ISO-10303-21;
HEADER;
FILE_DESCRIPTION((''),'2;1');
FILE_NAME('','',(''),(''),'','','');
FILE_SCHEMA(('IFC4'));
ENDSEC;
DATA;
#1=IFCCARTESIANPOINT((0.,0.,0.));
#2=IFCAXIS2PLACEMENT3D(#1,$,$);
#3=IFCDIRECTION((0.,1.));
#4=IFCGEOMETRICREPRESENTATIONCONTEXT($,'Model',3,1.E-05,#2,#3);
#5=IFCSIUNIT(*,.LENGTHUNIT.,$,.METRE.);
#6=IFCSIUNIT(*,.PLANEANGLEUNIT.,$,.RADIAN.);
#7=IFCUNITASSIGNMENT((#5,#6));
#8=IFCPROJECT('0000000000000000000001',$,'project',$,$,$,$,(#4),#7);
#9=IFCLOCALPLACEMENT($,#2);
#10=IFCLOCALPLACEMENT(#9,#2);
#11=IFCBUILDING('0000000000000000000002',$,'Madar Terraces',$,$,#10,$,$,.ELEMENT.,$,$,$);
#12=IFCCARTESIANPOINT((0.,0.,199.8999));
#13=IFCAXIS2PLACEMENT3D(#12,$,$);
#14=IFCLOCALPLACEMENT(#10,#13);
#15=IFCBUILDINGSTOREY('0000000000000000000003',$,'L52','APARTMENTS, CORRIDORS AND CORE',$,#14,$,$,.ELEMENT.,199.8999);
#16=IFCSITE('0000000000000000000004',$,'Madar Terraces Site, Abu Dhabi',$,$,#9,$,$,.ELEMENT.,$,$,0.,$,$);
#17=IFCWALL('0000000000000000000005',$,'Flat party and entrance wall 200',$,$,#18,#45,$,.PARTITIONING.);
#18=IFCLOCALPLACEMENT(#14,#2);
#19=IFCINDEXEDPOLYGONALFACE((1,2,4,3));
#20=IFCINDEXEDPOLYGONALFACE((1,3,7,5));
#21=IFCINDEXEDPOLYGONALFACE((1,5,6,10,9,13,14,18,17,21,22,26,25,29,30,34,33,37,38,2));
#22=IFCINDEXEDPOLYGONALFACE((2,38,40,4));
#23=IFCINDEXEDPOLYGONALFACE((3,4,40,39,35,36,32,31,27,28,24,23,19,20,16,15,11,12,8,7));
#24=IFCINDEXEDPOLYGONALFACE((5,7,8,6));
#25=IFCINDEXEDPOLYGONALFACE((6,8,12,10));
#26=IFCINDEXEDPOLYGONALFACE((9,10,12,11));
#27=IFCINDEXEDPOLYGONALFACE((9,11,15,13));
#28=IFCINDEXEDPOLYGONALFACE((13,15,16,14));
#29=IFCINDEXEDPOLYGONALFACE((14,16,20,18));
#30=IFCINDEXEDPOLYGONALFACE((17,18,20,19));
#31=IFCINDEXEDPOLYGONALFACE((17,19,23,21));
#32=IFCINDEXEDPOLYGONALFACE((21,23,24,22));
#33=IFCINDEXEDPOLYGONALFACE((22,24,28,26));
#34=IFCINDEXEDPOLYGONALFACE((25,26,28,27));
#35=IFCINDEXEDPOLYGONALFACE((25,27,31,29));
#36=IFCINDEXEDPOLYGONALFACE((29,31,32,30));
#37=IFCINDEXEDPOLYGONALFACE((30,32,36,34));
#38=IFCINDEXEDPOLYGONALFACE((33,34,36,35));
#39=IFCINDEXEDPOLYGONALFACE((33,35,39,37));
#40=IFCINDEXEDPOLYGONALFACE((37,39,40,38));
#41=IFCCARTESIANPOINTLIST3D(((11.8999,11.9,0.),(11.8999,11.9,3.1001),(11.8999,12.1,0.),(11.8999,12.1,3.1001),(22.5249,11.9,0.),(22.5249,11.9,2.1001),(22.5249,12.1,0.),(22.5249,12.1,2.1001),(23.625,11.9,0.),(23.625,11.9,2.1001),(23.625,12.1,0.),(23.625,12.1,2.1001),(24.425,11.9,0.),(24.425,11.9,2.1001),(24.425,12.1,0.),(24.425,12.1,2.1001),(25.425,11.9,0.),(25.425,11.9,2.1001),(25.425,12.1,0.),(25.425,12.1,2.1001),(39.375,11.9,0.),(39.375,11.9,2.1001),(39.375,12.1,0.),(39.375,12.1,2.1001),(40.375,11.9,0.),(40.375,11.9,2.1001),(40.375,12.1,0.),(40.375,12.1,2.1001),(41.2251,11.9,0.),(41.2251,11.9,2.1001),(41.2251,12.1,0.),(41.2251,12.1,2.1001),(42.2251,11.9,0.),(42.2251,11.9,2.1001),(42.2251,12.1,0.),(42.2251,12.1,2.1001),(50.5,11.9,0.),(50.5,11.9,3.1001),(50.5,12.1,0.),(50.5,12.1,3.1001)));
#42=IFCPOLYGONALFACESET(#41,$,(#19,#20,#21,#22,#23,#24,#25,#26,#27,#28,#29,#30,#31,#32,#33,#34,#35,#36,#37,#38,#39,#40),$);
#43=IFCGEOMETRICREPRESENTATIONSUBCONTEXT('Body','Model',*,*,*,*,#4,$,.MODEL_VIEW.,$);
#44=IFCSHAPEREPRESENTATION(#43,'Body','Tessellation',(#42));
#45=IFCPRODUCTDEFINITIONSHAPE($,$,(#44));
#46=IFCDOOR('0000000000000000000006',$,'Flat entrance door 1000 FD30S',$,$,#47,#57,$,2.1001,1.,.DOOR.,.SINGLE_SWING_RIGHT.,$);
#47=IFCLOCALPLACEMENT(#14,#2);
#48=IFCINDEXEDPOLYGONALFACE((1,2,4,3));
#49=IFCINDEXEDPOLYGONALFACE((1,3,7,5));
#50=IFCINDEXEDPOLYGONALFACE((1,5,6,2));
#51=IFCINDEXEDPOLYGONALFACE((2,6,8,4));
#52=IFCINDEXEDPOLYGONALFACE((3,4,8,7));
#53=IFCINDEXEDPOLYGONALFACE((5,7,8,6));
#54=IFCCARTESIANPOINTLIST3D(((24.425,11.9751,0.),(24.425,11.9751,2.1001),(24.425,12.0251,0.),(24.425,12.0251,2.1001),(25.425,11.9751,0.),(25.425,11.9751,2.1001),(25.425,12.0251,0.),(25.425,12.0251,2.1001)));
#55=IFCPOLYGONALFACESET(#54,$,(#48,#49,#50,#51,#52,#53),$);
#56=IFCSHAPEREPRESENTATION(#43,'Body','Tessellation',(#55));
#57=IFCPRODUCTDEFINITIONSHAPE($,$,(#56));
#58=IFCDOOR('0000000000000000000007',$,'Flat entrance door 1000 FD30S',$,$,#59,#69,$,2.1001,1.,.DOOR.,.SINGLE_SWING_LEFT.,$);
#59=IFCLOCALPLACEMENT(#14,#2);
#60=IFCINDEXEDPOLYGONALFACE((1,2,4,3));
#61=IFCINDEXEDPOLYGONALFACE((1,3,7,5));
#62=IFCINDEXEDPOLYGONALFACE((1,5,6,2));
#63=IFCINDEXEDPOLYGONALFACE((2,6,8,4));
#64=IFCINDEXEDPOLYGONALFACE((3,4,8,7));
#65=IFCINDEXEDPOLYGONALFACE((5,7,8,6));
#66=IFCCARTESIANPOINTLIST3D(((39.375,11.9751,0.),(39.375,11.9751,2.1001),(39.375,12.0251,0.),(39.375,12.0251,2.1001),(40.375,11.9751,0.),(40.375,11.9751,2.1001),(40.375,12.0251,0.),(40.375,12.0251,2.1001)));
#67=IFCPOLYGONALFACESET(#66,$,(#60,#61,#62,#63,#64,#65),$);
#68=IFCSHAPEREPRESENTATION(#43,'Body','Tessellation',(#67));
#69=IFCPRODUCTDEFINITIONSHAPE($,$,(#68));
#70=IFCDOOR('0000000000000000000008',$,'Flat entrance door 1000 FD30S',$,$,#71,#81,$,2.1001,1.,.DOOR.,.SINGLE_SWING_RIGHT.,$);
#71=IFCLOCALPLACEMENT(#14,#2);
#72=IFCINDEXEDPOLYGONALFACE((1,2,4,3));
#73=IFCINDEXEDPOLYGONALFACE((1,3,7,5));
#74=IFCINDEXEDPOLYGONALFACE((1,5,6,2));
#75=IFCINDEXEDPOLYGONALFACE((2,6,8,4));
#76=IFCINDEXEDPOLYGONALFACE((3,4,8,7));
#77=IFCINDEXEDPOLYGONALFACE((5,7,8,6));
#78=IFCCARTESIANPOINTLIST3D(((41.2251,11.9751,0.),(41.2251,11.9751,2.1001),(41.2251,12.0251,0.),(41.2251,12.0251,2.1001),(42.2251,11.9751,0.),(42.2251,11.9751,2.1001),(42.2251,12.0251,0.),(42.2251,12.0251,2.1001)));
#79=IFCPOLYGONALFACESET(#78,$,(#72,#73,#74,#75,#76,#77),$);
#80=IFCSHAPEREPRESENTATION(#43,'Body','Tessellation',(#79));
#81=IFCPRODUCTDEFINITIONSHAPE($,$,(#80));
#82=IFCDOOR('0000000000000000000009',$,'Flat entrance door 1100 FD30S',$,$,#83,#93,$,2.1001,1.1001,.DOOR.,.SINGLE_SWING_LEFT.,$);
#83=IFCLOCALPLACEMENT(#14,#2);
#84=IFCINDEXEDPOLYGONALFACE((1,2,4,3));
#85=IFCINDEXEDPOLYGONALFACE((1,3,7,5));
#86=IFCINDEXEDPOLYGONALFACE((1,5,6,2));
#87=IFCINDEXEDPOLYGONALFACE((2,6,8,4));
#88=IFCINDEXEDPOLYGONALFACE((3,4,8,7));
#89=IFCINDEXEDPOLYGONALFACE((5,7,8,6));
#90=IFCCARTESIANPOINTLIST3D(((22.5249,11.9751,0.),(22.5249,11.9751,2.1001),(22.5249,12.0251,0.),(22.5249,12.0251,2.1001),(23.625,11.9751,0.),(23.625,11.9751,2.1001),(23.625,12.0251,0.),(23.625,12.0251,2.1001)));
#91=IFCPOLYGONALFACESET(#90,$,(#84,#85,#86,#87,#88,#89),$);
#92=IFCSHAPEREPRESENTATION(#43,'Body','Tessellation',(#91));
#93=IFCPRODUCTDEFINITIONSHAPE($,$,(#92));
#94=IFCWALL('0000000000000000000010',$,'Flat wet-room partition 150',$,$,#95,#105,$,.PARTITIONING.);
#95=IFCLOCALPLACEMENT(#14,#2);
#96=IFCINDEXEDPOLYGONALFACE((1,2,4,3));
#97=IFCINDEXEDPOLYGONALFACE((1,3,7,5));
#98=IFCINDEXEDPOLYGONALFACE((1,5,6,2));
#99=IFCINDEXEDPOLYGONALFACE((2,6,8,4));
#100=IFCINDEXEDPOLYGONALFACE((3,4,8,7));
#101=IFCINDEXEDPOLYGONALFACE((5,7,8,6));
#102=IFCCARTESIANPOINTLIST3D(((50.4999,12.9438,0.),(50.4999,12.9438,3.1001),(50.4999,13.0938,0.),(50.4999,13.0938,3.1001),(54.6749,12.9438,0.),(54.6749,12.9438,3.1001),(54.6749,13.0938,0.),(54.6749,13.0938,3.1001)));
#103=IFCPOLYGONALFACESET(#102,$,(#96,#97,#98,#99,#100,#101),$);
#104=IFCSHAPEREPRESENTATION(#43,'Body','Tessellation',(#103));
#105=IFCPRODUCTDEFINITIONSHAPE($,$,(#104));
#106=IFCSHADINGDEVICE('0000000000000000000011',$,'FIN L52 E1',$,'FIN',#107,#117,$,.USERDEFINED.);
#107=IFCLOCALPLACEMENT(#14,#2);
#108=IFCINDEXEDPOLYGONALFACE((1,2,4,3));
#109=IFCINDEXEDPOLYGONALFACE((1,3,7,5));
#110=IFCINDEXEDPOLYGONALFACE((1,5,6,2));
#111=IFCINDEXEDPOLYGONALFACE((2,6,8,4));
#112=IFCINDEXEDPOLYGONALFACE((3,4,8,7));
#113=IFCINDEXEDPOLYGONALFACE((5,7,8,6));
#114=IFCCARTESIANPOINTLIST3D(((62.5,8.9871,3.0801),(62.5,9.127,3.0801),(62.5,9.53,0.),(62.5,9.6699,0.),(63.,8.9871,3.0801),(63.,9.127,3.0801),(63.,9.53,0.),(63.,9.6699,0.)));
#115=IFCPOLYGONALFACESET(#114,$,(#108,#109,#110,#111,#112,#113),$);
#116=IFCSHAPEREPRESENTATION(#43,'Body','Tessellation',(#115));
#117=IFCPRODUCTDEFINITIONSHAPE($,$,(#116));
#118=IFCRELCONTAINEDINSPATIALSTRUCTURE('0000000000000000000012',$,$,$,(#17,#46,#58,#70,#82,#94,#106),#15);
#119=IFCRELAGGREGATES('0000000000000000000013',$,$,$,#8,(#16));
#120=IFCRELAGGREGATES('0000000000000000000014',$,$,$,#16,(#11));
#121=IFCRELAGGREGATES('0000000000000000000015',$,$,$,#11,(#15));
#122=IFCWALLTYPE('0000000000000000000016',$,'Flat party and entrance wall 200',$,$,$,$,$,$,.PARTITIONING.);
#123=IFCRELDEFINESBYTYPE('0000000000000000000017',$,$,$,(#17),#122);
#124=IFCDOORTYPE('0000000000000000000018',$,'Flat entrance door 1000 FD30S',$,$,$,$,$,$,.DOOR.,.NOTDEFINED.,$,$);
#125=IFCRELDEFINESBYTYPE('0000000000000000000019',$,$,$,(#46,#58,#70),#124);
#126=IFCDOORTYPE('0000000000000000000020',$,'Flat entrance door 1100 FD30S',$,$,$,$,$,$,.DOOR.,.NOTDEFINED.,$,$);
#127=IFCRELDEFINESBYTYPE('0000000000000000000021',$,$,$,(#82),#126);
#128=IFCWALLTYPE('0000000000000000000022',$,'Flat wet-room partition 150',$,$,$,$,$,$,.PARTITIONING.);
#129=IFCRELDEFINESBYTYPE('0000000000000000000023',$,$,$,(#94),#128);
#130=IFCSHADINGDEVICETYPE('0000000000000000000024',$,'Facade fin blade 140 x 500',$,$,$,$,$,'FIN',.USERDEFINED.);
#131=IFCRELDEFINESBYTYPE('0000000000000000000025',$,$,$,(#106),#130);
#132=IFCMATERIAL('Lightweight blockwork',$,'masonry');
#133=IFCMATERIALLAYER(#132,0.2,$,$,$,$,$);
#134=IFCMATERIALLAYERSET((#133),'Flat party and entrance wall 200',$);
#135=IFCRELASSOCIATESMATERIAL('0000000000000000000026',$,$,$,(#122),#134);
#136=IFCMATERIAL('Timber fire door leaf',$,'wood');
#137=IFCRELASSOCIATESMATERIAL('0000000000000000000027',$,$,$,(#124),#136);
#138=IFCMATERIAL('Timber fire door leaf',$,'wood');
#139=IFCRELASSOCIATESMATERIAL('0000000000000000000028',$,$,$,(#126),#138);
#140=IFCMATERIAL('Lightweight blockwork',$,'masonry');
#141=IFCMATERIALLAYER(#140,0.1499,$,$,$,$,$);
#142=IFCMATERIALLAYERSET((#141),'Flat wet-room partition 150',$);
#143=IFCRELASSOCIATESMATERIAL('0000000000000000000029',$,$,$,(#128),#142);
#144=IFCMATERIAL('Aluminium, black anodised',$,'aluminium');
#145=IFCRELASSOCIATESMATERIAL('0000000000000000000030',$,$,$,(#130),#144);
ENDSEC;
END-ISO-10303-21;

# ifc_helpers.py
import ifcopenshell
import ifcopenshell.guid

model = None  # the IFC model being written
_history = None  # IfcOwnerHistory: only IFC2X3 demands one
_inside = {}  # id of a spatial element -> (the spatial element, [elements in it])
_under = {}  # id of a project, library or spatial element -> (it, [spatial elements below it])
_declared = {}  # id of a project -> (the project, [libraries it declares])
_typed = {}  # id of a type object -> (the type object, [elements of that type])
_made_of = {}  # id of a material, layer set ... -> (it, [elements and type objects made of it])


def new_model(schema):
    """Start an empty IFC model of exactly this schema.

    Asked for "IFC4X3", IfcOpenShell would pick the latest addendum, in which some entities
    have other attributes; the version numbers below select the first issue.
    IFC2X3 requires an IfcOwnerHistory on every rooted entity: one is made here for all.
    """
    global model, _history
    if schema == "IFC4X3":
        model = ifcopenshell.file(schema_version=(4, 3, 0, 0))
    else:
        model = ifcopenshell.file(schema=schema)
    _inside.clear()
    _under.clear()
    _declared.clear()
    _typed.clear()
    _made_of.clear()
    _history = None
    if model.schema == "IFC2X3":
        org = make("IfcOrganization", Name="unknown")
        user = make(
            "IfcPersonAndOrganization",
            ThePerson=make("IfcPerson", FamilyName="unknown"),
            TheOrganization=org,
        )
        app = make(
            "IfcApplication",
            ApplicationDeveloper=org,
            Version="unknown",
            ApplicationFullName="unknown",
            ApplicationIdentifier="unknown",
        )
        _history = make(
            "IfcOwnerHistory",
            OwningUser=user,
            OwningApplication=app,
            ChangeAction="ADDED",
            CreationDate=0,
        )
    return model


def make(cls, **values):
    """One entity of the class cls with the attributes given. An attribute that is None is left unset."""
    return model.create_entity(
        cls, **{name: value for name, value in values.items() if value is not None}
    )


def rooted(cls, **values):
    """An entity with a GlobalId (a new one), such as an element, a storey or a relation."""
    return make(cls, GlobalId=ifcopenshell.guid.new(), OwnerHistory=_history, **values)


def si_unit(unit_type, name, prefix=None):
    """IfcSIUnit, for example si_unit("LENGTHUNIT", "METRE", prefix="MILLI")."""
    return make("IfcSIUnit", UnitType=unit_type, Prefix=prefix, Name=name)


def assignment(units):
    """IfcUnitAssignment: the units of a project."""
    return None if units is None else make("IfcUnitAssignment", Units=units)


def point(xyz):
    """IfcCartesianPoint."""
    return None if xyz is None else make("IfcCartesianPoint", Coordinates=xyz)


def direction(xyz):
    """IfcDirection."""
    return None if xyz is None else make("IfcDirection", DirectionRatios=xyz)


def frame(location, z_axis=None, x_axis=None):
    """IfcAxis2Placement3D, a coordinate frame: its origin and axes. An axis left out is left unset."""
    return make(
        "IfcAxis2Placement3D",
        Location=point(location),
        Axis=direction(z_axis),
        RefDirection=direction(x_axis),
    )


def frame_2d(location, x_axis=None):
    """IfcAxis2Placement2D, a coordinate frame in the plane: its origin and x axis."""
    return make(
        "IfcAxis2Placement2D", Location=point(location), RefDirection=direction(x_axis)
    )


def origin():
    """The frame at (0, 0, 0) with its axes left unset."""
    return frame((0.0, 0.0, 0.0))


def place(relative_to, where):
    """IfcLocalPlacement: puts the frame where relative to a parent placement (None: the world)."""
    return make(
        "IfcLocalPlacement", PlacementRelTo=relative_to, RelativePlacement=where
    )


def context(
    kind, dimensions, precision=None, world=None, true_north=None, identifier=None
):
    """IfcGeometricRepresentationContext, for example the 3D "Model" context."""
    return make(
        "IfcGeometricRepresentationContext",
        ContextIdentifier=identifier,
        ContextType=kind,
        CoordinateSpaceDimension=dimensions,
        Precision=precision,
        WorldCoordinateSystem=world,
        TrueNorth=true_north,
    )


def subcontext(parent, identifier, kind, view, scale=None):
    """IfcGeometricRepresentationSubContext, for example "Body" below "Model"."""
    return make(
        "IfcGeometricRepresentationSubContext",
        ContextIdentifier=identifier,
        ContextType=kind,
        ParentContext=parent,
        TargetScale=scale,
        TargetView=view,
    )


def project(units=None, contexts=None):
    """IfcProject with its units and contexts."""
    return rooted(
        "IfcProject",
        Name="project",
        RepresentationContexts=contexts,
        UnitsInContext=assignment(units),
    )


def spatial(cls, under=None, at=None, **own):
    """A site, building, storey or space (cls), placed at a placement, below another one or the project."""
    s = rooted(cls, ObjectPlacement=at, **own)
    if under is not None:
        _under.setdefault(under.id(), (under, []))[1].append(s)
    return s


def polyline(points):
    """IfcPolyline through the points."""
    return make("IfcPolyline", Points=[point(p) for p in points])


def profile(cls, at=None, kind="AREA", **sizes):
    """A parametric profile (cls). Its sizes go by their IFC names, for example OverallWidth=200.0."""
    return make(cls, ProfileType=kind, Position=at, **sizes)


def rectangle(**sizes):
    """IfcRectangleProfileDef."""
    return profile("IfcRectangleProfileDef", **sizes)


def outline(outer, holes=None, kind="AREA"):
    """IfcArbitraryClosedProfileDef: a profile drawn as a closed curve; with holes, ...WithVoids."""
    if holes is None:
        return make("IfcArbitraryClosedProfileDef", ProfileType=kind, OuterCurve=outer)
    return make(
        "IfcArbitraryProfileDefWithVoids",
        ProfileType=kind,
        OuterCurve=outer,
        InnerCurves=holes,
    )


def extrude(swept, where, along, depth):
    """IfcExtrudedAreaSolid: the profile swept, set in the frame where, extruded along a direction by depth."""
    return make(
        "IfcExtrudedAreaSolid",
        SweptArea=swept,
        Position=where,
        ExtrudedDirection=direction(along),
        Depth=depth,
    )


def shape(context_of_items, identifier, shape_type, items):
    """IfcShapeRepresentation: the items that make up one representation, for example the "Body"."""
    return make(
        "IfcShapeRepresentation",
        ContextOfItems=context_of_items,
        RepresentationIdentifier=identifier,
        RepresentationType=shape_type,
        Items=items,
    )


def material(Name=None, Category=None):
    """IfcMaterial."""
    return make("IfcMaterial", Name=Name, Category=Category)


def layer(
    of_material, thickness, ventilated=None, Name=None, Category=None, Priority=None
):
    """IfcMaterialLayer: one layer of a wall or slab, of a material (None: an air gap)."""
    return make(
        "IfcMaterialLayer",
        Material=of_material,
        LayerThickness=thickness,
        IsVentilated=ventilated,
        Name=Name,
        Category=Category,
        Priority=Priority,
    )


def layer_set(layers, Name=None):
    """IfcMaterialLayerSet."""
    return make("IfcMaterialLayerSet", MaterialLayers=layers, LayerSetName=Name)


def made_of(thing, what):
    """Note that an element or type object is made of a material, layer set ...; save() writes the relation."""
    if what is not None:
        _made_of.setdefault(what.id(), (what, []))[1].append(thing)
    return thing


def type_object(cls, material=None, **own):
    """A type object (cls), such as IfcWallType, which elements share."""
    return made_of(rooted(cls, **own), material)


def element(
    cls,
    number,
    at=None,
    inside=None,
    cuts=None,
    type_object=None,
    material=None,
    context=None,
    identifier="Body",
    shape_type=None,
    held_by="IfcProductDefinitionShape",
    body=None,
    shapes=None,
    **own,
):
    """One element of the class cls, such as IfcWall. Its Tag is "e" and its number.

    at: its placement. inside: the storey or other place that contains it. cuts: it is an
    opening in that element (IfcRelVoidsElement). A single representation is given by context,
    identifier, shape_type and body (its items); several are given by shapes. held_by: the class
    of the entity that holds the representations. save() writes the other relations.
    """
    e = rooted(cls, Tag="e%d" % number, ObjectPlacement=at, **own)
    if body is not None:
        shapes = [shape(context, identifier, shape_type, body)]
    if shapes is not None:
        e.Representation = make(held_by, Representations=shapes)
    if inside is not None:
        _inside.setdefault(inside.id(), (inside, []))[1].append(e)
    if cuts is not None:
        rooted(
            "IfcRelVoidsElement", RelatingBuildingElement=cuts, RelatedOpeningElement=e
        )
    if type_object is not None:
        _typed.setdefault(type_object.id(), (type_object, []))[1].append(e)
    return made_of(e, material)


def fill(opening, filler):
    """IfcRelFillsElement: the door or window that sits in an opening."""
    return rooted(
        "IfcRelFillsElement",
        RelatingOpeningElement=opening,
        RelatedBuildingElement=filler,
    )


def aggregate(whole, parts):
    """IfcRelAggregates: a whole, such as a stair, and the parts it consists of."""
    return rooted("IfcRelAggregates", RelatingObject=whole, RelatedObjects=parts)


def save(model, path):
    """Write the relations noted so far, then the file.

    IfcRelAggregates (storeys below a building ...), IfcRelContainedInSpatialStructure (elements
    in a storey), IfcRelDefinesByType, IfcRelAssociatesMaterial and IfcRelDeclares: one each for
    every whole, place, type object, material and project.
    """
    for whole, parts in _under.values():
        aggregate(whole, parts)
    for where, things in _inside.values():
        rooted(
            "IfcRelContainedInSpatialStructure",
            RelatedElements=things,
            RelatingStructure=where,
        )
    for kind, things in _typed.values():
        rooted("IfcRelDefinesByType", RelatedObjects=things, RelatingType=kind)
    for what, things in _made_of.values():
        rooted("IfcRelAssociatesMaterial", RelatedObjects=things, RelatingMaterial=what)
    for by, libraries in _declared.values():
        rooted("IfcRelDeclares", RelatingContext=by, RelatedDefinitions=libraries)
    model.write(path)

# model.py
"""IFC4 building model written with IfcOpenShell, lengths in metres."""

from ifc_helpers import new_model, si_unit, direction, frame, frame_2d, origin, place, context, subcontext, project, spatial, polyline, rectangle, outline, extrude, material, layer, layer_set, type_object, element, fill, save


model = new_model("IFC4")

# Units and contexts
model_context = context("Model", 3, precision=1e-05, world=origin(), true_north=direction((0.0, 1.0)))
body_context = subcontext(model_context, "Body", "Model", "MODEL_VIEW")
ifc_project = project(units=[si_unit("LENGTHUNIT", "METRE"), si_unit("PLANEANGLEUNIT", "RADIAN")], contexts=[model_context])

# Site, building, storey
site_placement = place(None, origin())
site = spatial("IfcSite", under=ifc_project, at=site_placement, Name="Madar Terraces Site, Abu Dhabi", CompositionType="ELEMENT", RefElevation=0.0)
building_placement = place(site_placement, origin())
building = spatial("IfcBuilding", under=site, at=building_placement, Name="Madar Terraces", CompositionType="ELEMENT")
storey_placement = place(building_placement, frame((0.0, 0.0, 199.8999)))
storey = spatial("IfcBuildingStorey", under=building, at=storey_placement, Name="L52", Description="APARTMENTS, CORRIDORS AND CORE", CompositionType="ELEMENT", Elevation=199.8999)

# Wall, openings, doors
ifc_material_1 = material(Name="Lightweight blockwork", Category="masonry")
ifc_layer_1 = layer(ifc_material_1, 0.2)
ifc_layer_set_1 = layer_set([ifc_layer_1], Name="Flat party and entrance wall 200")
wall_type_1 = type_object("IfcWallType", Name="Flat party and entrance wall 200", PredefinedType="PARTITIONING", material=ifc_layer_set_1)
wall_1_placement = place(storey_placement, frame((50.5, 12.0, 0.0), z_axis=(0.0, 0.0, 1.0), x_axis=(-1.0, 0.0, 0.0)))
wall_1 = element("IfcWall", 1, at=wall_1_placement, inside=storey, type_object=wall_type_1, Name="Flat party and entrance wall 200", PredefinedType="PARTITIONING", context=body_context, shape_type="SweptSolid", body=[
    extrude(rectangle(XDim=38.6001, YDim=0.2, at=frame_2d((19.3, 0.0))), origin(), (0.0, 0.0, 1.0), 3.1001),
])
opening_1_placement = place(wall_1_placement, frame((26.875, 0.0, 0.0)))
opening_1 = element("IfcOpeningElement", 2, at=opening_1_placement, cuts=wall_1, PredefinedType="OPENING", context=body_context, shape_type="SweptSolid", body=[
    extrude(rectangle(XDim=1.1001, YDim=2.1001, at=frame_2d((0.55, 1.05))), frame((0.0, 0.1099, 0.0), z_axis=(0.0, -1.0, 0.0), x_axis=(1.0, 0.0, 0.0)), (0.0, 0.0, 1.0), 0.22),
])
opening_2_placement = place(wall_1_placement, frame((25.075, 0.0, 0.0)))
opening_2 = element("IfcOpeningElement", 3, at=opening_2_placement, cuts=wall_1, PredefinedType="OPENING", context=body_context, shape_type="SweptSolid", body=[
    extrude(rectangle(XDim=1.0, YDim=2.1001, at=frame_2d((0.5, 1.05))), frame((0.0, 0.1099, 0.0), z_axis=(0.0, -1.0, 0.0), x_axis=(1.0, 0.0, 0.0)), (0.0, 0.0, 1.0), 0.22),
])
opening_3_placement = place(wall_1_placement, frame((10.125, 0.0, 0.0)))
opening_3 = element("IfcOpeningElement", 4, at=opening_3_placement, cuts=wall_1, PredefinedType="OPENING", context=body_context, shape_type="SweptSolid", body=[
    extrude(rectangle(XDim=1.0, YDim=2.1001, at=frame_2d((0.5, 1.05))), frame((0.0, 0.1099, 0.0), z_axis=(0.0, -1.0, 0.0), x_axis=(1.0, 0.0, 0.0)), (0.0, 0.0, 1.0), 0.22),
])
opening_4_placement = place(wall_1_placement, frame((8.2749, 0.0, 0.0)))
opening_4 = element("IfcOpeningElement", 5, at=opening_4_placement, cuts=wall_1, PredefinedType="OPENING", context=body_context, shape_type="SweptSolid", body=[
    extrude(rectangle(XDim=1.0, YDim=2.1001, at=frame_2d((0.5, 1.05))), frame((0.0, 0.1099, 0.0), z_axis=(0.0, -1.0, 0.0), x_axis=(1.0, 0.0, 0.0)), (0.0, 0.0, 1.0), 0.22),
])
ifc_material_2 = material(Name="Timber fire door leaf", Category="wood")
door_type_1 = type_object("IfcDoorType", Name="Flat entrance door 1000 FD30S", OperationType="NOTDEFINED", PredefinedType="DOOR", material=ifc_material_2)
door_1_placement = place(opening_2_placement, origin())
door_1 = element("IfcDoor", 6, at=door_1_placement, inside=storey, type_object=door_type_1, Name="Flat entrance door 1000 FD30S", OperationType="SINGLE_SWING_RIGHT", OverallHeight=2.1001, OverallWidth=1.0, PredefinedType="DOOR", context=body_context, shape_type="SweptSolid", body=[
    extrude(rectangle(XDim=1.0, YDim=2.1001, at=frame_2d((0.5, 1.05))), frame((0.0, 0.0249, 0.0), z_axis=(0.0, -1.0, 0.0), x_axis=(1.0, 0.0, 0.0)), (0.0, 0.0, 1.0), 0.05),
])
fill(opening_2, door_1)
door_2_placement = place(opening_3_placement, origin())
door_2 = element("IfcDoor", 7, at=door_2_placement, inside=storey, type_object=door_type_1, Name="Flat entrance door 1000 FD30S", OperationType="SINGLE_SWING_LEFT", OverallHeight=2.1001, OverallWidth=1.0, PredefinedType="DOOR", context=body_context, shape_type="SweptSolid", body=[
    extrude(rectangle(XDim=1.0, YDim=2.1001, at=frame_2d((0.5, 1.05))), frame((0.0, 0.0249, 0.0), z_axis=(0.0, -1.0, 0.0), x_axis=(1.0, 0.0, 0.0)), (0.0, 0.0, 1.0), 0.05),
])
fill(opening_3, door_2)
door_3_placement = place(opening_4_placement, origin())
door_3 = element("IfcDoor", 8, at=door_3_placement, inside=storey, type_object=door_type_1, Name="Flat entrance door 1000 FD30S", OperationType="SINGLE_SWING_RIGHT", OverallHeight=2.1001, OverallWidth=1.0, PredefinedType="DOOR", context=body_context, shape_type="SweptSolid", body=[
    extrude(rectangle(XDim=1.0, YDim=2.1001, at=frame_2d((0.5, 1.05))), frame((0.0, 0.0249, 0.0), z_axis=(0.0, -1.0, 0.0), x_axis=(1.0, 0.0, 0.0)), (0.0, 0.0, 1.0), 0.05),
])
fill(opening_4, door_3)
ifc_material_3 = material(Name="Timber fire door leaf", Category="wood")
door_type_2 = type_object("IfcDoorType", Name="Flat entrance door 1100 FD30S", OperationType="NOTDEFINED", PredefinedType="DOOR", material=ifc_material_3)
door_4_placement = place(opening_1_placement, origin())
door_4 = element("IfcDoor", 9, at=door_4_placement, inside=storey, type_object=door_type_2, Name="Flat entrance door 1100 FD30S", OperationType="SINGLE_SWING_LEFT", OverallHeight=2.1001, OverallWidth=1.1001, PredefinedType="DOOR", context=body_context, shape_type="SweptSolid", body=[
    extrude(rectangle(XDim=1.1001, YDim=2.1001, at=frame_2d((0.55, 1.05))), frame((0.0, 0.0249, 0.0), z_axis=(0.0, -1.0, 0.0), x_axis=(1.0, 0.0, 0.0)), (0.0, 0.0, 1.0), 0.05),
])
fill(opening_1, door_4)

# Wall
ifc_material_4 = material(Name="Lightweight blockwork", Category="masonry")
ifc_layer_2 = layer(ifc_material_4, 0.1499)
ifc_layer_set_2 = layer_set([ifc_layer_2], Name="Flat wet-room partition 150")
wall_type_2 = type_object("IfcWallType", Name="Flat wet-room partition 150", PredefinedType="PARTITIONING", material=ifc_layer_set_2)
wall_2_placement = place(storey_placement, frame((50.5, 13.0188, 0.0), z_axis=(0.0, 0.0, 1.0), x_axis=(1.0, 0.0, 0.0)))
element("IfcWall", 10, at=wall_2_placement, inside=storey, type_object=wall_type_2, Name="Flat wet-room partition 150", PredefinedType="PARTITIONING", context=body_context, shape_type="SweptSolid", body=[
    extrude(rectangle(XDim=4.175, YDim=0.1499, at=frame_2d((2.0874, 0.0))), origin(), (0.0, 0.0, 1.0), 3.1001),
])

# Shading device
ifc_material_5 = material(Name="Aluminium, black anodised", Category="aluminium")
shading_device_type = type_object("IfcShadingDeviceType", Name="Facade fin blade 140 x 500", ElementType="FIN", PredefinedType="USERDEFINED", material=ifc_material_5)
shading_device_placement = place(storey_placement, frame((62.75, 9.53, 0.0), z_axis=(0.0, 0.0, 1.0), x_axis=(0.0, 1.0, 0.0)))
element("IfcShadingDevice", 11, at=shading_device_placement, inside=storey, type_object=shading_device_type, Name="FIN L52 E1", ObjectType="FIN", PredefinedType="USERDEFINED", context=body_context, shape_type="SweptSolid", body=[
    extrude(outline(polyline([(0.0, 0.0), (0.1399, 0.0), (-0.4031, 3.0801), (-0.543, 3.0801), (0.0, 0.0)])), frame((0.0, 0.25, 0.0), z_axis=(0.0, -1.0, 0.0), x_axis=(1.0, 0.0, 0.0)), (0.0, 0.0, 1.0), 0.5),
])

save(model, "model.ifc")
